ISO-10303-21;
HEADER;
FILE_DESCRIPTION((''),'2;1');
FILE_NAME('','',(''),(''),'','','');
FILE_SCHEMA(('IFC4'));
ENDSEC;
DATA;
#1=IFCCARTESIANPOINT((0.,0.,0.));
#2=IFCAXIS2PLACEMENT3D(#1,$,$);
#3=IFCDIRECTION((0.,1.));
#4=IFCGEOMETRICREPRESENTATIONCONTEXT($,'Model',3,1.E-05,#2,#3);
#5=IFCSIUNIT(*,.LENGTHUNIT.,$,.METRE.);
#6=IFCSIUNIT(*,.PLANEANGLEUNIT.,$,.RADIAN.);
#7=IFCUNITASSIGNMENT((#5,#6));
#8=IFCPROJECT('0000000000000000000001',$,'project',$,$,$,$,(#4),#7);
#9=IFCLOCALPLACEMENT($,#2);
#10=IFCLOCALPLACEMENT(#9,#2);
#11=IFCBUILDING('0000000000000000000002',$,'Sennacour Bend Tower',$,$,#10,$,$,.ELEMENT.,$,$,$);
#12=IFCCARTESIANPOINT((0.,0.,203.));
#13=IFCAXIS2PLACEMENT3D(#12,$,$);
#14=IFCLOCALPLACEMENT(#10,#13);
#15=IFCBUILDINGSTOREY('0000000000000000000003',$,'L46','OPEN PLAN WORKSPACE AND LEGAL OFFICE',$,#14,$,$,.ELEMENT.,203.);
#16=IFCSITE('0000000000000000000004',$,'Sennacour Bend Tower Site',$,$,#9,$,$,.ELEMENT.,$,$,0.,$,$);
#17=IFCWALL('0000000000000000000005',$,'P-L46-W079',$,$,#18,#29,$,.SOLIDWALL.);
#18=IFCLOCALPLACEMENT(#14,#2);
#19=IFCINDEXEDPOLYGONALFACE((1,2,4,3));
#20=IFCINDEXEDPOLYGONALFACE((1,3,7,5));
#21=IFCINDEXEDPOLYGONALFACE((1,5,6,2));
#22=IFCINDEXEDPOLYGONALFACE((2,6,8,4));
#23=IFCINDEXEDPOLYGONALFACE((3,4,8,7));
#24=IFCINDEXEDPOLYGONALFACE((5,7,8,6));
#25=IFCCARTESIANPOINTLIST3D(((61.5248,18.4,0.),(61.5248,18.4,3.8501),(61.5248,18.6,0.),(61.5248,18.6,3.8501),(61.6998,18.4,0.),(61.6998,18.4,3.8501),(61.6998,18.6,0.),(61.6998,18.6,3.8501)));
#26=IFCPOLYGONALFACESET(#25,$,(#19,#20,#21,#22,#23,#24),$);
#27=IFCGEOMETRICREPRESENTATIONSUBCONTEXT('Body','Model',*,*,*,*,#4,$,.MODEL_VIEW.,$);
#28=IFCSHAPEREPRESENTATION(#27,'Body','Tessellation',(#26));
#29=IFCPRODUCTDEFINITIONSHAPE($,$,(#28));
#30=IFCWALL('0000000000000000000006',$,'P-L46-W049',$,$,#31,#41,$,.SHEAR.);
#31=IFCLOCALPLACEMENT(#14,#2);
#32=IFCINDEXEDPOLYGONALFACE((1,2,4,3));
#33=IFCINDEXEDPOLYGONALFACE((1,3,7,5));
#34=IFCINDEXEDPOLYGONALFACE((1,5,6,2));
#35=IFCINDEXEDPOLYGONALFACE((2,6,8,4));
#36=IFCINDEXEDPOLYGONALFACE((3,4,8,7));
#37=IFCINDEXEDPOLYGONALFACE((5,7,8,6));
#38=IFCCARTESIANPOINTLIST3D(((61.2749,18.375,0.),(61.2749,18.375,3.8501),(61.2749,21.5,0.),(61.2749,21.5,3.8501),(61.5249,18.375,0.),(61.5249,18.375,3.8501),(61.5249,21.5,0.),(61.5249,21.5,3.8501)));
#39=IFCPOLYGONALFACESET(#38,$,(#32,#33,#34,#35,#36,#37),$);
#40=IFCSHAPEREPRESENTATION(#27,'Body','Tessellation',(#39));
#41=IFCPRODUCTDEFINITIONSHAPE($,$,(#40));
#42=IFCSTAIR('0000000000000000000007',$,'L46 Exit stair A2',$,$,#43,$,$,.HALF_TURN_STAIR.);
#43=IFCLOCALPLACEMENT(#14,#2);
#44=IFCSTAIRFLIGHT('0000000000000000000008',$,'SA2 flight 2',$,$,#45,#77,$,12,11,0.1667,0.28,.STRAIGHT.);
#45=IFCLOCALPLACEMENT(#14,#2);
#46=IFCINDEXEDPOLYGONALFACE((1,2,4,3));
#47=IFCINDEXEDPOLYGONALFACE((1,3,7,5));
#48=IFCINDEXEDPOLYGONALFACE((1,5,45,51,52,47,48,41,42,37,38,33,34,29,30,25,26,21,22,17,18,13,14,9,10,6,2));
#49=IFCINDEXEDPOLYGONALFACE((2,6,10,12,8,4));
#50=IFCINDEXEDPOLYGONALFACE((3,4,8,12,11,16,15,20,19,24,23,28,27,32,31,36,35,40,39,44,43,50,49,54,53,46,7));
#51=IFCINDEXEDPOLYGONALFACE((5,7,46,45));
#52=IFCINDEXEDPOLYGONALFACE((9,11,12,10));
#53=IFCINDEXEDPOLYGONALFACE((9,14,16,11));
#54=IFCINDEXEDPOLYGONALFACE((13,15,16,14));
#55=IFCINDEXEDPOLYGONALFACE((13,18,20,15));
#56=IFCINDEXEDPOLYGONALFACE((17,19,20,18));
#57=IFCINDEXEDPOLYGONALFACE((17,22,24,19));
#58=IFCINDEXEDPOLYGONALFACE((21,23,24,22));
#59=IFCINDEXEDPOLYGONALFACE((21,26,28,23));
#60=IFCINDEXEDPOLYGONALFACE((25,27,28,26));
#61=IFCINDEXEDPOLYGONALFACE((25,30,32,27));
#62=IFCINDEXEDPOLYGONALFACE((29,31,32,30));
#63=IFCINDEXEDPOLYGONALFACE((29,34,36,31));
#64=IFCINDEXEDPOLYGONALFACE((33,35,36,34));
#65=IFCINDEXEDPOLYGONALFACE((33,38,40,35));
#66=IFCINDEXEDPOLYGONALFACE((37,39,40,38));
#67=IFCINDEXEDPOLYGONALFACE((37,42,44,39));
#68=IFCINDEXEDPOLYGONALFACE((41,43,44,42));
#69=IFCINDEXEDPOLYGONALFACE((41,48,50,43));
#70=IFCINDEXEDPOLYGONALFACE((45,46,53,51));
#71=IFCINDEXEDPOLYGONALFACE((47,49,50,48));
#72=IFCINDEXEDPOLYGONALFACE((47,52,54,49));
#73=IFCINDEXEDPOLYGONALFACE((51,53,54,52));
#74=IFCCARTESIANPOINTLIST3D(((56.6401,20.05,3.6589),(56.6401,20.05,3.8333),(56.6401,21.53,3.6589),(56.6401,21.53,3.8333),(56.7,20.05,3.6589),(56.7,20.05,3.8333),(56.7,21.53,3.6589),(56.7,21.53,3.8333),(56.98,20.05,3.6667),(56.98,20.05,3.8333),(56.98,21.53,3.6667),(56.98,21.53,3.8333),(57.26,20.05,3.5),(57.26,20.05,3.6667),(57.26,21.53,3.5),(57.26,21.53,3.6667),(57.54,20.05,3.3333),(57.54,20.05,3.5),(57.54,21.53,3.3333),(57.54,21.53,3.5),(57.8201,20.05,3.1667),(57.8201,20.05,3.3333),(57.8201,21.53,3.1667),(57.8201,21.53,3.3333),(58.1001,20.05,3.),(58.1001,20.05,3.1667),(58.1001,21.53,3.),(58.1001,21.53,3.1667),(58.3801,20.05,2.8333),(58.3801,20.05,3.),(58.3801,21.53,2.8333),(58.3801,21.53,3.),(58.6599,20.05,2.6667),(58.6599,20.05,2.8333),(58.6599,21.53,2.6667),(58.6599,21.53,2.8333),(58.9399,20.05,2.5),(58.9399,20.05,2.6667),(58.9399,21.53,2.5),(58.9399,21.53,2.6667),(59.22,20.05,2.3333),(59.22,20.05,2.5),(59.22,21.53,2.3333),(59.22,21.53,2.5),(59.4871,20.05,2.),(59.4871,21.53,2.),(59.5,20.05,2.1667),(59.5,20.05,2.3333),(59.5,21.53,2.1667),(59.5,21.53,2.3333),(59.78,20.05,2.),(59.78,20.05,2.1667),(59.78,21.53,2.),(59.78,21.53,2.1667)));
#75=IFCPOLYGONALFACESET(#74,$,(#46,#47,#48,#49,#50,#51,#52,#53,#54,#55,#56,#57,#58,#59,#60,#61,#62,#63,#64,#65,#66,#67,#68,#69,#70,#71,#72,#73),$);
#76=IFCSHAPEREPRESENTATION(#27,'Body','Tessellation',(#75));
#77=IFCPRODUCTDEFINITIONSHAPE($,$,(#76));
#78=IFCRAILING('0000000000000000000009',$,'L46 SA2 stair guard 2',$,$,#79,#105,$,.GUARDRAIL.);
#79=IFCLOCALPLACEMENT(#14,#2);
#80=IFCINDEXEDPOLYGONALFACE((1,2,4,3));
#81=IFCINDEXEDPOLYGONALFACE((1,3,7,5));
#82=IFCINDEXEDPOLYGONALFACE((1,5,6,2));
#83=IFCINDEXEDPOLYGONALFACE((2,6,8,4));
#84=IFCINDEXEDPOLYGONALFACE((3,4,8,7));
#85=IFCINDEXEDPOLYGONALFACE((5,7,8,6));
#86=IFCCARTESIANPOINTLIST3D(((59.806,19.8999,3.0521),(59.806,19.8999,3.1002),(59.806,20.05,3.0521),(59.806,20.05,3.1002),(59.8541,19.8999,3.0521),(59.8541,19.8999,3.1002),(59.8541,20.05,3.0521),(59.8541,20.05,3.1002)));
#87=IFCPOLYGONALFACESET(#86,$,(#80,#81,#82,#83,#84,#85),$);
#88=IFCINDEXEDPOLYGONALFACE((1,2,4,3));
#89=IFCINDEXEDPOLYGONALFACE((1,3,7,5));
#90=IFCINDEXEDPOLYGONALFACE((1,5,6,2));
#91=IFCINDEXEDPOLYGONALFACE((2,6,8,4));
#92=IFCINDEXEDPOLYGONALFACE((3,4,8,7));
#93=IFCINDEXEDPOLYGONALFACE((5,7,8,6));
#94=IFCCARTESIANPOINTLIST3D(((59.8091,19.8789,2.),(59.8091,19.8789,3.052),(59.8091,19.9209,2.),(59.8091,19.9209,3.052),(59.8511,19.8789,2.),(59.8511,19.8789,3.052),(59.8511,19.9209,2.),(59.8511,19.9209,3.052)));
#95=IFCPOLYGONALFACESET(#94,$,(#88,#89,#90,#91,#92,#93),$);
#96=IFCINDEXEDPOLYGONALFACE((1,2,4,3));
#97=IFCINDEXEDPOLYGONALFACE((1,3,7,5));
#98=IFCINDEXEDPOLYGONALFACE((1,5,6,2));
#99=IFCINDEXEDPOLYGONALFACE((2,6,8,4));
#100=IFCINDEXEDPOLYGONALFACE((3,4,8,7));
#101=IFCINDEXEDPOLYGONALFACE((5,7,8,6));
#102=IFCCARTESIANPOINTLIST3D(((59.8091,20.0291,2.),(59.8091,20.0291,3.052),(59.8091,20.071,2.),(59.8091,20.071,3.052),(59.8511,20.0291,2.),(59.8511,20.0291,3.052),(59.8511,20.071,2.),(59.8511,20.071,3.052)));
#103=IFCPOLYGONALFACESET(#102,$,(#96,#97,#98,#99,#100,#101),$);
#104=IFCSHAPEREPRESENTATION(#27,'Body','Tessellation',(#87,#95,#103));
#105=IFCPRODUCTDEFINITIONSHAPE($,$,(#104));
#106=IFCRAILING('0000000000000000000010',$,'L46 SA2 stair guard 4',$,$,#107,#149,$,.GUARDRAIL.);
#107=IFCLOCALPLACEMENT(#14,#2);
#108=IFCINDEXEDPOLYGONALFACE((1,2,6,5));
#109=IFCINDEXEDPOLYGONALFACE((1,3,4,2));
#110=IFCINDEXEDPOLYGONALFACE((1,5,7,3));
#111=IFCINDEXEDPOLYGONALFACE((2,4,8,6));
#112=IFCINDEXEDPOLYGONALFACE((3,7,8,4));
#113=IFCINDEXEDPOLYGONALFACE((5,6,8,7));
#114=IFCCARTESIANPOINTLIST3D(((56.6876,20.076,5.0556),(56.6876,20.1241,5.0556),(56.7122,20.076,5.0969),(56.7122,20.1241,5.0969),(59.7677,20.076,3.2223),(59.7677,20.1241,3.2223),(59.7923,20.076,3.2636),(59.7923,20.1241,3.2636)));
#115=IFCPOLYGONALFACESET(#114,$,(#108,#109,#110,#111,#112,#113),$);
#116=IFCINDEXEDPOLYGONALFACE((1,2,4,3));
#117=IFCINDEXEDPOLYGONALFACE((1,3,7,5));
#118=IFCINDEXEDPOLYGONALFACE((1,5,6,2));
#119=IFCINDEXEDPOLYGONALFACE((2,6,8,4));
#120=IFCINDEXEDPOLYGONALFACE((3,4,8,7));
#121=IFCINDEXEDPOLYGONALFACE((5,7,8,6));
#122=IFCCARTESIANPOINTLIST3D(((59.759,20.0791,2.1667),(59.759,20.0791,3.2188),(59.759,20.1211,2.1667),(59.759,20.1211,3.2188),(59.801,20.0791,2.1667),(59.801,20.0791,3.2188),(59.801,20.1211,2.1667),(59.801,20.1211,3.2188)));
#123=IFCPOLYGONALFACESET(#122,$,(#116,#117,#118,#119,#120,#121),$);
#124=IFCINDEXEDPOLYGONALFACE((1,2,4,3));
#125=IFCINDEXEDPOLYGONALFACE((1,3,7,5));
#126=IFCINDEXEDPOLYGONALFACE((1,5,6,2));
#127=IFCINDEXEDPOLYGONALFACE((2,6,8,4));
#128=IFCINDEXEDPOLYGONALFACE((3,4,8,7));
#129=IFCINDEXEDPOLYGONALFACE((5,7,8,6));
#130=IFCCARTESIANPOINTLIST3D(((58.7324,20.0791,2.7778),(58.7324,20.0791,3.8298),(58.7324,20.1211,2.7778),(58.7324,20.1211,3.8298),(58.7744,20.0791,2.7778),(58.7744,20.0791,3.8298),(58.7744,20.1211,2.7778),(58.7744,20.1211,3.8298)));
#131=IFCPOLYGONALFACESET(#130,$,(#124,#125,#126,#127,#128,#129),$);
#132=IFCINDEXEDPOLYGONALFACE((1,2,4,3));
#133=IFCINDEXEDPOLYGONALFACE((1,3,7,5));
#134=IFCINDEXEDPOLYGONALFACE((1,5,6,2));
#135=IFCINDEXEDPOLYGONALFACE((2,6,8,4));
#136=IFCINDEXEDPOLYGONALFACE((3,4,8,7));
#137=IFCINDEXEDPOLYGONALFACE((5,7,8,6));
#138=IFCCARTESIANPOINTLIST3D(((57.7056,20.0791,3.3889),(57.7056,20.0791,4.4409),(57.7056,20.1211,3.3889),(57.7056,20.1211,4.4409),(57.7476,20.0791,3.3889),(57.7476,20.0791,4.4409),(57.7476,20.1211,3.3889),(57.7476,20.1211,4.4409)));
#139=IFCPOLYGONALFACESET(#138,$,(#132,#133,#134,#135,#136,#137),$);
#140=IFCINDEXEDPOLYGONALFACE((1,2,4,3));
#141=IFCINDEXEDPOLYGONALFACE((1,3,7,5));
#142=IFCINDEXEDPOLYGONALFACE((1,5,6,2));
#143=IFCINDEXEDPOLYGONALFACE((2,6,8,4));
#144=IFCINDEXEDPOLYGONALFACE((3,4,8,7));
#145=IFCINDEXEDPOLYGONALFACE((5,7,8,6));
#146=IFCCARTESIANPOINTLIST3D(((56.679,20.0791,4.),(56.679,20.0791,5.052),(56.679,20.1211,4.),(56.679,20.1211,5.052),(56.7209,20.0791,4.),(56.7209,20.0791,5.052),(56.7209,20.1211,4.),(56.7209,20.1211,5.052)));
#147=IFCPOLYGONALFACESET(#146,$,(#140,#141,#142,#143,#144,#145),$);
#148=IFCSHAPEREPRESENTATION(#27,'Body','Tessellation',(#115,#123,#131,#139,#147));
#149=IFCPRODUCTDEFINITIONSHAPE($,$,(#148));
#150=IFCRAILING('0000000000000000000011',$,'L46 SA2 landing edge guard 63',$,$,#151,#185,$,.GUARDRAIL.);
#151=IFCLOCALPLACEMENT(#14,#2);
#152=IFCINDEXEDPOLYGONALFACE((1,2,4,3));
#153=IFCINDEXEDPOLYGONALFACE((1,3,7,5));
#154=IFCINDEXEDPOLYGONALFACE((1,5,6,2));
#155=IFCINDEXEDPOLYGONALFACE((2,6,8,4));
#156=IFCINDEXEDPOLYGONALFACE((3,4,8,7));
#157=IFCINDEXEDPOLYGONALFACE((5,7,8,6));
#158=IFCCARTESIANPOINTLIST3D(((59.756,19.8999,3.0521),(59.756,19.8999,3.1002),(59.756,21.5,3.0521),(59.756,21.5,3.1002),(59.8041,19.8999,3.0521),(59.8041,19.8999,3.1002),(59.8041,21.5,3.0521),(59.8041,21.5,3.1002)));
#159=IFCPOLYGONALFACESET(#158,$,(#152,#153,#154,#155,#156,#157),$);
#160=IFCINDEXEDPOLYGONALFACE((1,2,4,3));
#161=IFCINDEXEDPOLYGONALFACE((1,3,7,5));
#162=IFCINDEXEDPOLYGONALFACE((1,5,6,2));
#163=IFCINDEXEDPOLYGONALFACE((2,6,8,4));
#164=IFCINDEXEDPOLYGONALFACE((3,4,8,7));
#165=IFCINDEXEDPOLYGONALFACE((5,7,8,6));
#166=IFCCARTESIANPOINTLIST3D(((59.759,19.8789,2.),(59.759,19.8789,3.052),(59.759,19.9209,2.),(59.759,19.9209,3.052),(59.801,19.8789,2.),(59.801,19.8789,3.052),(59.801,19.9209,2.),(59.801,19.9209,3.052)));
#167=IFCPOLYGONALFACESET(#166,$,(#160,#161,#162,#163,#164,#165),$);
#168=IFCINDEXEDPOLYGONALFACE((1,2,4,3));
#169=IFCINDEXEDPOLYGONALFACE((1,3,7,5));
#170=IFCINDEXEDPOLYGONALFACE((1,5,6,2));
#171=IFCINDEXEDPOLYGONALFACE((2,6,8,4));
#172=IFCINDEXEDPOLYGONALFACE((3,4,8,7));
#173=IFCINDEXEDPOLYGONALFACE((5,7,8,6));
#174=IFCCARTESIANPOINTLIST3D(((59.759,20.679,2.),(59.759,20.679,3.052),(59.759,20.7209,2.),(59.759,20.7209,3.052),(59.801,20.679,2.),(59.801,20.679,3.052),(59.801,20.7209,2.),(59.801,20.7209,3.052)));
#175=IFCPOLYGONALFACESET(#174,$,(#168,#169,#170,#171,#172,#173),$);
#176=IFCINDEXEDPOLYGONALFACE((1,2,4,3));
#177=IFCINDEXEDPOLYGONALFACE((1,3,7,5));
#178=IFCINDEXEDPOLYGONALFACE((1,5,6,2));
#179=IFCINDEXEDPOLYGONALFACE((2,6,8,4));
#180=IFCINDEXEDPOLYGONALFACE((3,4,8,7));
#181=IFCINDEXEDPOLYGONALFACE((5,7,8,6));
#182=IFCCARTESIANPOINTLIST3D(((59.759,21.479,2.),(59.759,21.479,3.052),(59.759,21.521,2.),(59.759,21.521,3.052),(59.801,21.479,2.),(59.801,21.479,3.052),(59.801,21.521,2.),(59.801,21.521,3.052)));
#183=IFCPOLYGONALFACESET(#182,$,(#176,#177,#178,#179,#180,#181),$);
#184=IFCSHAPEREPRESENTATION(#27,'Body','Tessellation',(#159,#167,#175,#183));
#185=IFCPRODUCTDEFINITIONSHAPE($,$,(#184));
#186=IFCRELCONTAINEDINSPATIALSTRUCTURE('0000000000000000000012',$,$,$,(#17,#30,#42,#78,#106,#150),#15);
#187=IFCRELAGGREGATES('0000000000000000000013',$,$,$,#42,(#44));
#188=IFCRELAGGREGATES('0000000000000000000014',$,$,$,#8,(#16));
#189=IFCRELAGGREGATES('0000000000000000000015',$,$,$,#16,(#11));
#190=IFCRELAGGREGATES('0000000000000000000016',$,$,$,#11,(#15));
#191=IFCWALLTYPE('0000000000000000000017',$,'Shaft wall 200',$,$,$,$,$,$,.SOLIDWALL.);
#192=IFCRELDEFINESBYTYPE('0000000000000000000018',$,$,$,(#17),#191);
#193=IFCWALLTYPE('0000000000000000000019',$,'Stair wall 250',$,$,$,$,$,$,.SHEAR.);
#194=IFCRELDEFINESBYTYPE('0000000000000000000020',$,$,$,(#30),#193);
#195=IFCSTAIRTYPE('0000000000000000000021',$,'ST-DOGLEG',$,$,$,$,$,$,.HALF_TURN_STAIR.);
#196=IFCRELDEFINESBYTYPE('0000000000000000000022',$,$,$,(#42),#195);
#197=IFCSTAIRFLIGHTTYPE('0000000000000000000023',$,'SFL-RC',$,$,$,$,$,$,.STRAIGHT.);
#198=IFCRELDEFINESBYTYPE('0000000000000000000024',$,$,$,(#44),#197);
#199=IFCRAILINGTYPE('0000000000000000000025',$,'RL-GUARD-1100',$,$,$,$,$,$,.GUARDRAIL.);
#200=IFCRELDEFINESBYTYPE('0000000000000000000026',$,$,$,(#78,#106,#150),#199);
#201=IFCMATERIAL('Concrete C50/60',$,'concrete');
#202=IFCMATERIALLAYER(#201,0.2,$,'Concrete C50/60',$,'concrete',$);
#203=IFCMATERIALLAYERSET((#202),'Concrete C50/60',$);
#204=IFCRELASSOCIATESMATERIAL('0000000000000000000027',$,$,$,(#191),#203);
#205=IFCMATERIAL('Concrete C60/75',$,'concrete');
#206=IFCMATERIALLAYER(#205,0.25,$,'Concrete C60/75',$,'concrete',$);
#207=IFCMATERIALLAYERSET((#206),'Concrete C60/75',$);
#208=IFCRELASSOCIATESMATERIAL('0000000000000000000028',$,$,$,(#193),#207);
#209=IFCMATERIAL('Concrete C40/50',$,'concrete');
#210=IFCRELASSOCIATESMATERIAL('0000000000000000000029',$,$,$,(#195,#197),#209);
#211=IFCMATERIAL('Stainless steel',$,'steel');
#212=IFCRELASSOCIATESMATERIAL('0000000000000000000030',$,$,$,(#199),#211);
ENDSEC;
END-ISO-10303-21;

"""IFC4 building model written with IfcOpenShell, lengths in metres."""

from ifc_helpers import new_model, si_unit, direction, frame, frame_2d, origin, origin_2d, place, context, subcontext, project, spatial, polyline, rectangle, outline, extrude, material, layer, layer_set, type_object, element, aggregate, save


model = new_model("IFC4")

# Units and contexts
model_context = context("Model", 3, precision=1e-05, world=origin(), true_north=direction((0.0, 1.0)))
body_context = subcontext(model_context, "Body", "Model", "MODEL_VIEW")
ifc_project = project(units=[si_unit("LENGTHUNIT", "METRE"), si_unit("PLANEANGLEUNIT", "RADIAN")], contexts=[model_context])

# Site, building, storey
site_placement = place(None, origin())
site = spatial("IfcSite", under=ifc_project, at=site_placement, Name="Sennacour Bend Tower Site", CompositionType="ELEMENT", RefElevation=0.0)
building_placement = place(site_placement, origin())
building = spatial("IfcBuilding", under=site, at=building_placement, Name="Sennacour Bend Tower", CompositionType="ELEMENT")
storey_placement = place(building_placement, frame((0.0, 0.0, 203.0)))
storey = spatial("IfcBuildingStorey", under=building, at=storey_placement, Name="L46", Description="OPEN PLAN WORKSPACE AND LEGAL OFFICE", CompositionType="ELEMENT", Elevation=203.0)

# Shared definitions
ifc_material_1 = material(Name="Concrete C50/60", Category="concrete")
ifc_layer_1 = layer(ifc_material_1, 0.2, Name="Concrete C50/60", Category="concrete")
ifc_layer_set_1 = layer_set([ifc_layer_1], Name="Concrete C50/60")
wall_type_1 = type_object("IfcWallType", Name="Shaft wall 200", PredefinedType="SOLIDWALL", material=ifc_layer_set_1)

# Shared definitions
ifc_material_2 = material(Name="Stainless steel", Category="steel")

# Walls
wall_1_placement = place(storey_placement, frame((61.5249, 18.5, 0.0), z_axis=(0.0, 0.0, 1.0), x_axis=(1.0, 0.0, 0.0)))
element("IfcWall", 1, at=wall_1_placement, inside=storey, type_object=wall_type_1, Name="P-L46-W079", PredefinedType="SOLIDWALL", context=body_context, shape_type="SweptSolid", body=[
    extrude(rectangle(XDim=0.175, YDim=0.2, at=frame_2d((0.0874, 0.0))), origin(), (0.0, 0.0, 1.0), 3.8501),
])
ifc_material_3 = material(Name="Concrete C60/75", Category="concrete")
ifc_layer_2 = layer(ifc_material_3, 0.25, Name="Concrete C60/75", Category="concrete")
ifc_layer_set_2 = layer_set([ifc_layer_2], Name="Concrete C60/75")
wall_type_2 = type_object("IfcWallType", Name="Stair wall 250", PredefinedType="SHEAR", material=ifc_layer_set_2)
wall_2_placement = place(storey_placement, frame((61.3999, 18.375, 0.0), z_axis=(0.0, 0.0, 1.0), x_axis=(0.0, 1.0, 0.0)))
element("IfcWall", 2, at=wall_2_placement, inside=storey, type_object=wall_type_2, Name="P-L46-W049", PredefinedType="SHEAR", context=body_context, shape_type="SweptSolid", body=[
    extrude(rectangle(XDim=3.125, YDim=0.25, at=frame_2d((1.5625, 0.0))), origin(), (0.0, 0.0, 1.0), 3.8501),
])

# Stair, stair flight
ifc_material_4 = material(Name="Concrete C40/50", Category="concrete")
stair_type = type_object("IfcStairType", Name="ST-DOGLEG", PredefinedType="HALF_TURN_STAIR", material=ifc_material_4)
stair_placement = place(storey_placement, origin())
stair = element("IfcStair", 3, at=stair_placement, inside=storey, type_object=stair_type, Name="L46 Exit stair A2", PredefinedType="HALF_TURN_STAIR")
stair_flight_type = type_object("IfcStairFlightType", Name="SFL-RC", PredefinedType="STRAIGHT", material=ifc_material_4)
stair_flight_placement = place(storey_placement, frame((59.78, 20.79, 2.0), z_axis=(0.0, 0.0, 1.0), x_axis=(-1.0, 0.0, 0.0)))
stair_flight = element("IfcStairFlight", 4, at=stair_flight_placement, type_object=stair_flight_type, Name="SA2 flight 2", NumberOfRisers=12, NumberOfTreads=11, PredefinedType="STRAIGHT", RiserHeight=0.1667, TreadLength=0.28, context=body_context, shape_type="SweptSolid", body=[
    extrude(outline(polyline([(0.0, 0.0), (0.0, 0.1667), (0.28, 0.1667), (0.28, 0.3333), (0.5601, 0.3333), (0.5601, 0.5), (0.8401, 0.5), (0.8401, 0.6667), (1.1201, 0.6667), (1.1201, 0.8333), (1.3999, 0.8333), (1.3999, 1.0), (1.6799, 1.0), (1.6799, 1.1667), (1.96, 1.1667), (1.96, 1.3333), (2.24, 1.3333), (2.24, 1.5), (2.52, 1.5), (2.52, 1.6667), (2.8, 1.6667), (2.8, 1.8333), (3.0801, 1.8333), (3.1399, 1.8333), (3.1399, 1.6589), (3.0801, 1.6589), (0.293, 0.0), (0.0, 0.0)])), frame((0.0, 0.74, 0.0), z_axis=(0.0, -1.0, 0.0), x_axis=(1.0, 0.0, 0.0)), (0.0, 0.0, 1.0), 1.48),
])
aggregate(stair, [stair_flight])

# Railings
railing_type_1 = type_object("IfcRailingType", Name="RL-GUARD-1100", PredefinedType="GUARDRAIL", material=ifc_material_2)
railing_1_placement = place(storey_placement, frame((59.8301, 19.8999, 2.0)))
element("IfcRailing", 5, at=railing_1_placement, inside=storey, type_object=railing_type_1, Name="L46 SA2 stair guard 2", PredefinedType="GUARDRAIL", context=body_context, shape_type="SweptSolid", body=[
    extrude(rectangle(XDim=0.0481, YDim=0.0481, at=origin_2d()), frame((0.0, 0.0, 1.0762), z_axis=(0.0, 1.0, 0.0), x_axis=(-1.0, 0.0, 0.0)), (0.0, 0.0, 1.0), 0.1501),
    extrude(rectangle(XDim=0.042, YDim=0.042, at=origin_2d()), origin(), (0.0, 0.0, 1.0), 1.052),
    extrude(rectangle(XDim=0.042, YDim=0.042, at=origin_2d()), frame((0.0, 0.1501, 0.0)), (0.0, 0.0, 1.0), 1.052),
])
railing_2_placement = place(storey_placement, frame((59.78, 20.1001, 2.1667)))
element("IfcRailing", 6, at=railing_2_placement, inside=storey, type_object=railing_type_1, Name="L46 SA2 stair guard 4", PredefinedType="GUARDRAIL", context=body_context, shape_type="SweptSolid", body=[
    extrude(rectangle(XDim=0.0481, YDim=0.0481, at=origin_2d()), frame((0.0, 0.0, 1.0762), z_axis=(-0.859309, 0.0, 0.511458), x_axis=(0.0, -1.0, 0.0)), (0.0, 0.0, 1.0), 3.5845),
    extrude(rectangle(XDim=0.042, YDim=0.042, at=origin_2d()), origin(), (0.0, 0.0, 1.0), 1.052),
    extrude(rectangle(XDim=0.042, YDim=0.042, at=origin_2d()), frame((-1.0266, 0.0, 0.6111)), (0.0, 0.0, 1.0), 1.052),
    extrude(rectangle(XDim=0.042, YDim=0.042, at=origin_2d()), frame((-2.0535, 0.0, 1.2222)), (0.0, 0.0, 1.0), 1.052),
    extrude(rectangle(XDim=0.042, YDim=0.042, at=origin_2d()), frame((-3.0801, 0.0, 1.8333)), (0.0, 0.0, 1.0), 1.052),
])
railing_3_placement = place(storey_placement, frame((59.78, 19.8999, 2.0)))
element("IfcRailing", 7, at=railing_3_placement, inside=storey, type_object=railing_type_1, Name="L46 SA2 landing edge guard 63", PredefinedType="GUARDRAIL", context=body_context, shape_type="SweptSolid", body=[
    extrude(rectangle(XDim=0.0481, YDim=0.0481, at=origin_2d()), frame((0.0, 0.0, 1.0762), z_axis=(0.0, 1.0, 0.0), x_axis=(-1.0, 0.0, 0.0)), (0.0, 0.0, 1.0), 1.6001),
    extrude(rectangle(XDim=0.042, YDim=0.042, at=origin_2d()), origin(), (0.0, 0.0, 1.0), 1.052),
    extrude(rectangle(XDim=0.042, YDim=0.042, at=origin_2d()), frame((0.0, 0.8, 0.0)), (0.0, 0.0, 1.0), 1.052),
    extrude(rectangle(XDim=0.042, YDim=0.042, at=origin_2d()), frame((0.0, 1.6001, 0.0)), (0.0, 0.0, 1.0), 1.052),
])

save(model, "model.ifc")
